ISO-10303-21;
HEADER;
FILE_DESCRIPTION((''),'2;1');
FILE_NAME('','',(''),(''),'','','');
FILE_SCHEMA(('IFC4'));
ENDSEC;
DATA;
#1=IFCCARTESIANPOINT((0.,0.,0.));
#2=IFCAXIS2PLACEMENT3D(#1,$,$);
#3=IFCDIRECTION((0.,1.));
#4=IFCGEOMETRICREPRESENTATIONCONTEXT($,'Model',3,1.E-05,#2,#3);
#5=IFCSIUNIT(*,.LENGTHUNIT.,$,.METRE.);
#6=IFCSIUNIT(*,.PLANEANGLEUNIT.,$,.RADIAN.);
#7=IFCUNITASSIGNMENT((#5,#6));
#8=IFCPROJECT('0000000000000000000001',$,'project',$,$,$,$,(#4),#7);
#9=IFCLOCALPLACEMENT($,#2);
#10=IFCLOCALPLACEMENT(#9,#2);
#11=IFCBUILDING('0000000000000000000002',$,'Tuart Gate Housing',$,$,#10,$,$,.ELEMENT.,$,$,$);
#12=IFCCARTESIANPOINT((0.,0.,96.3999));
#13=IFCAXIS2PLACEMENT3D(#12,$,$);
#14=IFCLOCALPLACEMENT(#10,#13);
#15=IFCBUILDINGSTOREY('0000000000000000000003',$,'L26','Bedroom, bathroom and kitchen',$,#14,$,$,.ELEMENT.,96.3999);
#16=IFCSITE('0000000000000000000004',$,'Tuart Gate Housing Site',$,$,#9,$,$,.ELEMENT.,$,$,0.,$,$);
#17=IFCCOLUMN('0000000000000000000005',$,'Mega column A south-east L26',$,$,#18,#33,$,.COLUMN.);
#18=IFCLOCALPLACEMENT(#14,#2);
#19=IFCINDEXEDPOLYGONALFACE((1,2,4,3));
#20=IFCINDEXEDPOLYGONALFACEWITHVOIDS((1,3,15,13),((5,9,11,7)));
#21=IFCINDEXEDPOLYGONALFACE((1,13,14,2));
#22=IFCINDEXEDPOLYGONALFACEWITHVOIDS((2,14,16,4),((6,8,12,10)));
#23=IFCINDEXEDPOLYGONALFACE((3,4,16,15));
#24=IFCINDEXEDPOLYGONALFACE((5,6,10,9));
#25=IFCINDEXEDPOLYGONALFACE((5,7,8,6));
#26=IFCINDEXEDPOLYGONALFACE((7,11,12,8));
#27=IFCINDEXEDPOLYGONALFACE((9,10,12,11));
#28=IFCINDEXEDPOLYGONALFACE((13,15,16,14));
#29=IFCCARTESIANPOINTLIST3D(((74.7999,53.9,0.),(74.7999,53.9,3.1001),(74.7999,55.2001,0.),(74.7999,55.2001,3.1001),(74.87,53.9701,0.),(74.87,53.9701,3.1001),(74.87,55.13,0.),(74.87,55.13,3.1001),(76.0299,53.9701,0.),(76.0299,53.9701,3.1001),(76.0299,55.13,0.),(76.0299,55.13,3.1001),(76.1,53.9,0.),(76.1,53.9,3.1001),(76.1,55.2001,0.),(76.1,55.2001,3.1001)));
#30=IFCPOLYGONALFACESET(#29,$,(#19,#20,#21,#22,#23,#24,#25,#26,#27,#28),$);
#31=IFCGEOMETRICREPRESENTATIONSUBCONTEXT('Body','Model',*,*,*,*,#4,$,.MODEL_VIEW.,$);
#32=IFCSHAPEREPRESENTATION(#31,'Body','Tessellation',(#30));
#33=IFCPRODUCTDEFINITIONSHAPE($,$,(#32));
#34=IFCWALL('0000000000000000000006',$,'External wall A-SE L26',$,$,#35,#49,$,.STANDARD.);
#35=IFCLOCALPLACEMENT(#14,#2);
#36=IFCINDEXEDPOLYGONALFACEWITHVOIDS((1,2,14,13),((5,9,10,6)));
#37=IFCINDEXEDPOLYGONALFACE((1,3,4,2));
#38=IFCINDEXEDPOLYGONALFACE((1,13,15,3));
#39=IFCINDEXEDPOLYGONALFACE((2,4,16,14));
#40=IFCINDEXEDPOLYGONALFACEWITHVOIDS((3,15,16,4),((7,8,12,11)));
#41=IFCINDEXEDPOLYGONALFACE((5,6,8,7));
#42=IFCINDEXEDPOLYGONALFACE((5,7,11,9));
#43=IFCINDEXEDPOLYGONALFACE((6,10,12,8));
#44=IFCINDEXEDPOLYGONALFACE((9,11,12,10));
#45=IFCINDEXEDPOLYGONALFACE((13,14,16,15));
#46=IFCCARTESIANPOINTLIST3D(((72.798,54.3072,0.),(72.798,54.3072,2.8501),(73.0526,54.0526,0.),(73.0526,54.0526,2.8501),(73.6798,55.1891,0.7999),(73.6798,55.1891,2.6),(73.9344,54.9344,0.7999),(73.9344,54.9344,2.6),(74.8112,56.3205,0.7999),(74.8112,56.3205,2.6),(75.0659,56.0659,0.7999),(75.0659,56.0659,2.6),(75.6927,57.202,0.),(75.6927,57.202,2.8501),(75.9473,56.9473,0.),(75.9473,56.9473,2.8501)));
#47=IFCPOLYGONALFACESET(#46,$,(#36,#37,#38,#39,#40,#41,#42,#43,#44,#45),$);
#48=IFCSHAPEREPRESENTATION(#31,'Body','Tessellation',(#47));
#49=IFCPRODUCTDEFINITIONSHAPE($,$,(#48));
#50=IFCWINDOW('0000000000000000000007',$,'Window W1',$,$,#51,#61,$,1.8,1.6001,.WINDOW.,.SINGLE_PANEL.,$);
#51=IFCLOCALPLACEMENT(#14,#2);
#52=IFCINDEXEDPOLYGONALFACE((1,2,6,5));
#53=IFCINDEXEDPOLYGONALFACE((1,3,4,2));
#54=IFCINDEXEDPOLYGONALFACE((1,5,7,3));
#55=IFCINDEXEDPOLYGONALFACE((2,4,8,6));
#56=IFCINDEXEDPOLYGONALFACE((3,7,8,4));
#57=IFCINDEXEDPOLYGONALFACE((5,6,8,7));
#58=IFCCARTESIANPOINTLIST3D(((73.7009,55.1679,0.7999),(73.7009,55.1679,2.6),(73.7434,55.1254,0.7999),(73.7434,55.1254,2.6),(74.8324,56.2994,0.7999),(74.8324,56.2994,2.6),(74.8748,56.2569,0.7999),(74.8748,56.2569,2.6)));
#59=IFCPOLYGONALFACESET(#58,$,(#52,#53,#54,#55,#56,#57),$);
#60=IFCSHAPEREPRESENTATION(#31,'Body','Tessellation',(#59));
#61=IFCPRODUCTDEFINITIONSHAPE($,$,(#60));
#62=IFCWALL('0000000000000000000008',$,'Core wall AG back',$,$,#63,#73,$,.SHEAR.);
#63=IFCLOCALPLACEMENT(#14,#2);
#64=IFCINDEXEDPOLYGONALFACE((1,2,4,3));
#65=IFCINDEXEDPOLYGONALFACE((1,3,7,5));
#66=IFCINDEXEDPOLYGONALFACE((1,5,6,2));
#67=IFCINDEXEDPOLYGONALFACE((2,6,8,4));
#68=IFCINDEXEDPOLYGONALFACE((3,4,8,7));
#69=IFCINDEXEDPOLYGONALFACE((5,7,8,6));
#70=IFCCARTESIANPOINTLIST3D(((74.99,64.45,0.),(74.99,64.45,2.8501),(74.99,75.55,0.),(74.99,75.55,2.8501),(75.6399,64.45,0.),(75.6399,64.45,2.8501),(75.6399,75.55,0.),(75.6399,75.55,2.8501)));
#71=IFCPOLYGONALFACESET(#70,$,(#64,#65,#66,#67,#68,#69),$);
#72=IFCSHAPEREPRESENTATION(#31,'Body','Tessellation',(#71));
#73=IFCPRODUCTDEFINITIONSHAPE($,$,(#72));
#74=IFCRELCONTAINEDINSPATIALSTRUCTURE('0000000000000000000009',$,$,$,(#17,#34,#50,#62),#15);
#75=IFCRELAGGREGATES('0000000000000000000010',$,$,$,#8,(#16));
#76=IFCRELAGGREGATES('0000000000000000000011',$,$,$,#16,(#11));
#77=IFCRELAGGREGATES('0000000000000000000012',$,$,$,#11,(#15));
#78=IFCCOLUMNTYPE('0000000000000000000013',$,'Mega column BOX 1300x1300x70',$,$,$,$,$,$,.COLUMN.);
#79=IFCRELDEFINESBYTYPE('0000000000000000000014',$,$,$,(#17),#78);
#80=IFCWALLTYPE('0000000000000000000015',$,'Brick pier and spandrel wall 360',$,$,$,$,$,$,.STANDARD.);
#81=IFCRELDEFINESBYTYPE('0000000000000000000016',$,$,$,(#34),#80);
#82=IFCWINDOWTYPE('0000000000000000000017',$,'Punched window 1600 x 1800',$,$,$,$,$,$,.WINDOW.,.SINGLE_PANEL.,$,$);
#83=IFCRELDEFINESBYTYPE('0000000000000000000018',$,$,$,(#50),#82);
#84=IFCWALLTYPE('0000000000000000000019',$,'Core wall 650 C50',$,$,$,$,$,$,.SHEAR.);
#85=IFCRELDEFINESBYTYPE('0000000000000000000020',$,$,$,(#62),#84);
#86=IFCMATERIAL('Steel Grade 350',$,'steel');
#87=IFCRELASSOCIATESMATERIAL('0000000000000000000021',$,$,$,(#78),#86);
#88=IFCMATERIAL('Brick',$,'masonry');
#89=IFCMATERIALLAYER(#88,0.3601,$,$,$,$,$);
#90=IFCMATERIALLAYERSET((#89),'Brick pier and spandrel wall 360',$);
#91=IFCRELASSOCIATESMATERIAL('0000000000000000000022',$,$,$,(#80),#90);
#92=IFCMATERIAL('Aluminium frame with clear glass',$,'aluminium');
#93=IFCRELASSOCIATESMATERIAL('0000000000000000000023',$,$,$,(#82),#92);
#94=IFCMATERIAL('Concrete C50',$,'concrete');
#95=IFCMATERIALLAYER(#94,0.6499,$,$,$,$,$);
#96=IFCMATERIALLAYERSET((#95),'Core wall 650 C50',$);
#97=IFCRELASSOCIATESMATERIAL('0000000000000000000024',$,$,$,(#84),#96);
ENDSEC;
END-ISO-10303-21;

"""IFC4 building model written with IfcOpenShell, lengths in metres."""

from ifc_helpers import new_model, si_unit, direction, frame, frame_2d, origin, origin_2d, place, context, subcontext, project, spatial, rectangle, hollow_rectangle, extrude, material, layer, layer_set, material_profile, profile_set, type_object, element, fill, save


model = new_model("IFC4")

# Units and contexts
model_context = context("Model", 3, precision=1e-05, world=origin(), true_north=direction((0.0, 1.0)))
body_context = subcontext(model_context, "Body", "Model", "MODEL_VIEW")
ifc_project = project(units=[si_unit("LENGTHUNIT", "METRE"), si_unit("PLANEANGLEUNIT", "RADIAN")], contexts=[model_context])

# Site, building, storey
site_placement = place(None, origin())
site = spatial("IfcSite", under=ifc_project, at=site_placement, Name="Tuart Gate Housing Site", CompositionType="ELEMENT", RefElevation=0.0)
building_placement = place(site_placement, origin())
building = spatial("IfcBuilding", under=site, at=building_placement, Name="Tuart Gate Housing", CompositionType="ELEMENT")
storey_placement = place(building_placement, frame((0.0, 0.0, 96.3999)))
storey = spatial("IfcBuildingStorey", under=building, at=storey_placement, Name="L26", Description="Bedroom, bathroom and kitchen", CompositionType="ELEMENT", Elevation=96.3999)

# Column
ifc_material_1 = material(Name="Steel Grade 350", Category="steel")
ifc_material_profile = material_profile(ifc_material_1, hollow_rectangle(XDim=1.3, YDim=1.3, WallThickness=0.0701, at=origin_2d()), Name="BOX 1300x1300x70")
ifc_profile_set = profile_set([ifc_material_profile], Name="Steel Grade 350")
column_type = type_object("IfcColumnType", Name="Mega column BOX 1300x1300x70", PredefinedType="COLUMN", material=ifc_profile_set)
column_placement = place(storey_placement, frame((75.45, 54.55, 0.0), z_axis=(0.0, 0.0, 1.0), x_axis=(1.0, 0.0, 0.0)))
element("IfcColumn", 1, at=column_placement, inside=storey, type_object=column_type, Name="Mega column A south-east L26", PredefinedType="COLUMN", context=body_context, shape_type="SweptSolid", body=[
    extrude(hollow_rectangle(XDim=1.3, YDim=1.3, WallThickness=0.0701, at=origin_2d()), origin(), (0.0, 0.0, 1.0), 3.1001),
])

# Wall, opening, window
ifc_material_2 = material(Name="Brick", Category="masonry")
ifc_layer_1 = layer(ifc_material_2, 0.3601)
ifc_layer_set_1 = layer_set([ifc_layer_1], Name="Brick pier and spandrel wall 360")
wall_type_1 = type_object("IfcWallType", Name="Brick pier and spandrel wall 360", PredefinedType="STANDARD", material=ifc_layer_set_1)
wall_1_placement = place(storey_placement, frame((72.9253, 54.1799, 0.0), z_axis=(0.0, 0.0, 1.0), x_axis=(0.707107, 0.707107, 0.0)))
wall_1 = element("IfcWall", 2, at=wall_1_placement, inside=storey, type_object=wall_type_1, Name="External wall A-SE L26", PredefinedType="STANDARD", context=body_context, shape_type="SweptSolid", body=[
    extrude(rectangle(XDim=4.0938, YDim=0.3601, at=frame_2d((2.0469, 0.0))), origin(), (0.0, 0.0, 1.0), 2.8501),
])
opening_placement = place(wall_1_placement, frame((1.2471, 0.0, 0.8)))
opening = element("IfcOpeningElement", 3, at=opening_placement, cuts=wall_1, PredefinedType="OPENING", context=body_context, shape_type="SweptSolid", body=[
    extrude(rectangle(XDim=1.6001, YDim=1.8, at=frame_2d((0.8, 0.8999))), frame((0.0, 0.1899, 0.0), z_axis=(0.0, -1.0, 0.0), x_axis=(1.0, 0.0, 0.0)), (0.0, 0.0, 1.0), 0.3801),
])
ifc_material_3 = material(Name="Aluminium frame with clear glass", Category="aluminium")
window_type = type_object("IfcWindowType", Name="Punched window 1600 x 1800", PartitioningType="SINGLE_PANEL", PredefinedType="WINDOW", material=ifc_material_3)
window_placement = place(opening_placement, origin())
window = element("IfcWindow", 4, at=window_placement, inside=storey, type_object=window_type, Name="Window W1", OverallHeight=1.8, OverallWidth=1.6001, PartitioningType="SINGLE_PANEL", PredefinedType="WINDOW", context=body_context, shape_type="SweptSolid", body=[
    extrude(rectangle(XDim=1.6001, YDim=1.8, at=frame_2d((0.8, 0.8999))), frame((0.0, 0.1501, 0.0), z_axis=(0.0, -1.0, 0.0), x_axis=(1.0, 0.0, 0.0)), (0.0, 0.0, 1.0), 0.0601),
])
fill(opening, window)

# Wall
ifc_material_4 = material(Name="Concrete C50", Category="concrete")
ifc_layer_2 = layer(ifc_material_4, 0.6499)
ifc_layer_set_2 = layer_set([ifc_layer_2], Name="Core wall 650 C50")
wall_type_2 = type_object("IfcWallType", Name="Core wall 650 C50", PredefinedType="SHEAR", material=ifc_layer_set_2)
wall_2_placement = place(storey_placement, frame((75.3149, 64.45, 0.0), z_axis=(0.0, 0.0, 1.0), x_axis=(0.0, 1.0, 0.0)))
element("IfcWall", 5, at=wall_2_placement, inside=storey, type_object=wall_type_2, Name="Core wall AG back", PredefinedType="SHEAR", context=body_context, shape_type="SweptSolid", body=[
    extrude(rectangle(XDim=11.1001, YDim=0.6499, at=frame_2d((5.55, 0.0))), origin(), (0.0, 0.0, 1.0), 2.8501),
])

save(model, "model.ifc")
